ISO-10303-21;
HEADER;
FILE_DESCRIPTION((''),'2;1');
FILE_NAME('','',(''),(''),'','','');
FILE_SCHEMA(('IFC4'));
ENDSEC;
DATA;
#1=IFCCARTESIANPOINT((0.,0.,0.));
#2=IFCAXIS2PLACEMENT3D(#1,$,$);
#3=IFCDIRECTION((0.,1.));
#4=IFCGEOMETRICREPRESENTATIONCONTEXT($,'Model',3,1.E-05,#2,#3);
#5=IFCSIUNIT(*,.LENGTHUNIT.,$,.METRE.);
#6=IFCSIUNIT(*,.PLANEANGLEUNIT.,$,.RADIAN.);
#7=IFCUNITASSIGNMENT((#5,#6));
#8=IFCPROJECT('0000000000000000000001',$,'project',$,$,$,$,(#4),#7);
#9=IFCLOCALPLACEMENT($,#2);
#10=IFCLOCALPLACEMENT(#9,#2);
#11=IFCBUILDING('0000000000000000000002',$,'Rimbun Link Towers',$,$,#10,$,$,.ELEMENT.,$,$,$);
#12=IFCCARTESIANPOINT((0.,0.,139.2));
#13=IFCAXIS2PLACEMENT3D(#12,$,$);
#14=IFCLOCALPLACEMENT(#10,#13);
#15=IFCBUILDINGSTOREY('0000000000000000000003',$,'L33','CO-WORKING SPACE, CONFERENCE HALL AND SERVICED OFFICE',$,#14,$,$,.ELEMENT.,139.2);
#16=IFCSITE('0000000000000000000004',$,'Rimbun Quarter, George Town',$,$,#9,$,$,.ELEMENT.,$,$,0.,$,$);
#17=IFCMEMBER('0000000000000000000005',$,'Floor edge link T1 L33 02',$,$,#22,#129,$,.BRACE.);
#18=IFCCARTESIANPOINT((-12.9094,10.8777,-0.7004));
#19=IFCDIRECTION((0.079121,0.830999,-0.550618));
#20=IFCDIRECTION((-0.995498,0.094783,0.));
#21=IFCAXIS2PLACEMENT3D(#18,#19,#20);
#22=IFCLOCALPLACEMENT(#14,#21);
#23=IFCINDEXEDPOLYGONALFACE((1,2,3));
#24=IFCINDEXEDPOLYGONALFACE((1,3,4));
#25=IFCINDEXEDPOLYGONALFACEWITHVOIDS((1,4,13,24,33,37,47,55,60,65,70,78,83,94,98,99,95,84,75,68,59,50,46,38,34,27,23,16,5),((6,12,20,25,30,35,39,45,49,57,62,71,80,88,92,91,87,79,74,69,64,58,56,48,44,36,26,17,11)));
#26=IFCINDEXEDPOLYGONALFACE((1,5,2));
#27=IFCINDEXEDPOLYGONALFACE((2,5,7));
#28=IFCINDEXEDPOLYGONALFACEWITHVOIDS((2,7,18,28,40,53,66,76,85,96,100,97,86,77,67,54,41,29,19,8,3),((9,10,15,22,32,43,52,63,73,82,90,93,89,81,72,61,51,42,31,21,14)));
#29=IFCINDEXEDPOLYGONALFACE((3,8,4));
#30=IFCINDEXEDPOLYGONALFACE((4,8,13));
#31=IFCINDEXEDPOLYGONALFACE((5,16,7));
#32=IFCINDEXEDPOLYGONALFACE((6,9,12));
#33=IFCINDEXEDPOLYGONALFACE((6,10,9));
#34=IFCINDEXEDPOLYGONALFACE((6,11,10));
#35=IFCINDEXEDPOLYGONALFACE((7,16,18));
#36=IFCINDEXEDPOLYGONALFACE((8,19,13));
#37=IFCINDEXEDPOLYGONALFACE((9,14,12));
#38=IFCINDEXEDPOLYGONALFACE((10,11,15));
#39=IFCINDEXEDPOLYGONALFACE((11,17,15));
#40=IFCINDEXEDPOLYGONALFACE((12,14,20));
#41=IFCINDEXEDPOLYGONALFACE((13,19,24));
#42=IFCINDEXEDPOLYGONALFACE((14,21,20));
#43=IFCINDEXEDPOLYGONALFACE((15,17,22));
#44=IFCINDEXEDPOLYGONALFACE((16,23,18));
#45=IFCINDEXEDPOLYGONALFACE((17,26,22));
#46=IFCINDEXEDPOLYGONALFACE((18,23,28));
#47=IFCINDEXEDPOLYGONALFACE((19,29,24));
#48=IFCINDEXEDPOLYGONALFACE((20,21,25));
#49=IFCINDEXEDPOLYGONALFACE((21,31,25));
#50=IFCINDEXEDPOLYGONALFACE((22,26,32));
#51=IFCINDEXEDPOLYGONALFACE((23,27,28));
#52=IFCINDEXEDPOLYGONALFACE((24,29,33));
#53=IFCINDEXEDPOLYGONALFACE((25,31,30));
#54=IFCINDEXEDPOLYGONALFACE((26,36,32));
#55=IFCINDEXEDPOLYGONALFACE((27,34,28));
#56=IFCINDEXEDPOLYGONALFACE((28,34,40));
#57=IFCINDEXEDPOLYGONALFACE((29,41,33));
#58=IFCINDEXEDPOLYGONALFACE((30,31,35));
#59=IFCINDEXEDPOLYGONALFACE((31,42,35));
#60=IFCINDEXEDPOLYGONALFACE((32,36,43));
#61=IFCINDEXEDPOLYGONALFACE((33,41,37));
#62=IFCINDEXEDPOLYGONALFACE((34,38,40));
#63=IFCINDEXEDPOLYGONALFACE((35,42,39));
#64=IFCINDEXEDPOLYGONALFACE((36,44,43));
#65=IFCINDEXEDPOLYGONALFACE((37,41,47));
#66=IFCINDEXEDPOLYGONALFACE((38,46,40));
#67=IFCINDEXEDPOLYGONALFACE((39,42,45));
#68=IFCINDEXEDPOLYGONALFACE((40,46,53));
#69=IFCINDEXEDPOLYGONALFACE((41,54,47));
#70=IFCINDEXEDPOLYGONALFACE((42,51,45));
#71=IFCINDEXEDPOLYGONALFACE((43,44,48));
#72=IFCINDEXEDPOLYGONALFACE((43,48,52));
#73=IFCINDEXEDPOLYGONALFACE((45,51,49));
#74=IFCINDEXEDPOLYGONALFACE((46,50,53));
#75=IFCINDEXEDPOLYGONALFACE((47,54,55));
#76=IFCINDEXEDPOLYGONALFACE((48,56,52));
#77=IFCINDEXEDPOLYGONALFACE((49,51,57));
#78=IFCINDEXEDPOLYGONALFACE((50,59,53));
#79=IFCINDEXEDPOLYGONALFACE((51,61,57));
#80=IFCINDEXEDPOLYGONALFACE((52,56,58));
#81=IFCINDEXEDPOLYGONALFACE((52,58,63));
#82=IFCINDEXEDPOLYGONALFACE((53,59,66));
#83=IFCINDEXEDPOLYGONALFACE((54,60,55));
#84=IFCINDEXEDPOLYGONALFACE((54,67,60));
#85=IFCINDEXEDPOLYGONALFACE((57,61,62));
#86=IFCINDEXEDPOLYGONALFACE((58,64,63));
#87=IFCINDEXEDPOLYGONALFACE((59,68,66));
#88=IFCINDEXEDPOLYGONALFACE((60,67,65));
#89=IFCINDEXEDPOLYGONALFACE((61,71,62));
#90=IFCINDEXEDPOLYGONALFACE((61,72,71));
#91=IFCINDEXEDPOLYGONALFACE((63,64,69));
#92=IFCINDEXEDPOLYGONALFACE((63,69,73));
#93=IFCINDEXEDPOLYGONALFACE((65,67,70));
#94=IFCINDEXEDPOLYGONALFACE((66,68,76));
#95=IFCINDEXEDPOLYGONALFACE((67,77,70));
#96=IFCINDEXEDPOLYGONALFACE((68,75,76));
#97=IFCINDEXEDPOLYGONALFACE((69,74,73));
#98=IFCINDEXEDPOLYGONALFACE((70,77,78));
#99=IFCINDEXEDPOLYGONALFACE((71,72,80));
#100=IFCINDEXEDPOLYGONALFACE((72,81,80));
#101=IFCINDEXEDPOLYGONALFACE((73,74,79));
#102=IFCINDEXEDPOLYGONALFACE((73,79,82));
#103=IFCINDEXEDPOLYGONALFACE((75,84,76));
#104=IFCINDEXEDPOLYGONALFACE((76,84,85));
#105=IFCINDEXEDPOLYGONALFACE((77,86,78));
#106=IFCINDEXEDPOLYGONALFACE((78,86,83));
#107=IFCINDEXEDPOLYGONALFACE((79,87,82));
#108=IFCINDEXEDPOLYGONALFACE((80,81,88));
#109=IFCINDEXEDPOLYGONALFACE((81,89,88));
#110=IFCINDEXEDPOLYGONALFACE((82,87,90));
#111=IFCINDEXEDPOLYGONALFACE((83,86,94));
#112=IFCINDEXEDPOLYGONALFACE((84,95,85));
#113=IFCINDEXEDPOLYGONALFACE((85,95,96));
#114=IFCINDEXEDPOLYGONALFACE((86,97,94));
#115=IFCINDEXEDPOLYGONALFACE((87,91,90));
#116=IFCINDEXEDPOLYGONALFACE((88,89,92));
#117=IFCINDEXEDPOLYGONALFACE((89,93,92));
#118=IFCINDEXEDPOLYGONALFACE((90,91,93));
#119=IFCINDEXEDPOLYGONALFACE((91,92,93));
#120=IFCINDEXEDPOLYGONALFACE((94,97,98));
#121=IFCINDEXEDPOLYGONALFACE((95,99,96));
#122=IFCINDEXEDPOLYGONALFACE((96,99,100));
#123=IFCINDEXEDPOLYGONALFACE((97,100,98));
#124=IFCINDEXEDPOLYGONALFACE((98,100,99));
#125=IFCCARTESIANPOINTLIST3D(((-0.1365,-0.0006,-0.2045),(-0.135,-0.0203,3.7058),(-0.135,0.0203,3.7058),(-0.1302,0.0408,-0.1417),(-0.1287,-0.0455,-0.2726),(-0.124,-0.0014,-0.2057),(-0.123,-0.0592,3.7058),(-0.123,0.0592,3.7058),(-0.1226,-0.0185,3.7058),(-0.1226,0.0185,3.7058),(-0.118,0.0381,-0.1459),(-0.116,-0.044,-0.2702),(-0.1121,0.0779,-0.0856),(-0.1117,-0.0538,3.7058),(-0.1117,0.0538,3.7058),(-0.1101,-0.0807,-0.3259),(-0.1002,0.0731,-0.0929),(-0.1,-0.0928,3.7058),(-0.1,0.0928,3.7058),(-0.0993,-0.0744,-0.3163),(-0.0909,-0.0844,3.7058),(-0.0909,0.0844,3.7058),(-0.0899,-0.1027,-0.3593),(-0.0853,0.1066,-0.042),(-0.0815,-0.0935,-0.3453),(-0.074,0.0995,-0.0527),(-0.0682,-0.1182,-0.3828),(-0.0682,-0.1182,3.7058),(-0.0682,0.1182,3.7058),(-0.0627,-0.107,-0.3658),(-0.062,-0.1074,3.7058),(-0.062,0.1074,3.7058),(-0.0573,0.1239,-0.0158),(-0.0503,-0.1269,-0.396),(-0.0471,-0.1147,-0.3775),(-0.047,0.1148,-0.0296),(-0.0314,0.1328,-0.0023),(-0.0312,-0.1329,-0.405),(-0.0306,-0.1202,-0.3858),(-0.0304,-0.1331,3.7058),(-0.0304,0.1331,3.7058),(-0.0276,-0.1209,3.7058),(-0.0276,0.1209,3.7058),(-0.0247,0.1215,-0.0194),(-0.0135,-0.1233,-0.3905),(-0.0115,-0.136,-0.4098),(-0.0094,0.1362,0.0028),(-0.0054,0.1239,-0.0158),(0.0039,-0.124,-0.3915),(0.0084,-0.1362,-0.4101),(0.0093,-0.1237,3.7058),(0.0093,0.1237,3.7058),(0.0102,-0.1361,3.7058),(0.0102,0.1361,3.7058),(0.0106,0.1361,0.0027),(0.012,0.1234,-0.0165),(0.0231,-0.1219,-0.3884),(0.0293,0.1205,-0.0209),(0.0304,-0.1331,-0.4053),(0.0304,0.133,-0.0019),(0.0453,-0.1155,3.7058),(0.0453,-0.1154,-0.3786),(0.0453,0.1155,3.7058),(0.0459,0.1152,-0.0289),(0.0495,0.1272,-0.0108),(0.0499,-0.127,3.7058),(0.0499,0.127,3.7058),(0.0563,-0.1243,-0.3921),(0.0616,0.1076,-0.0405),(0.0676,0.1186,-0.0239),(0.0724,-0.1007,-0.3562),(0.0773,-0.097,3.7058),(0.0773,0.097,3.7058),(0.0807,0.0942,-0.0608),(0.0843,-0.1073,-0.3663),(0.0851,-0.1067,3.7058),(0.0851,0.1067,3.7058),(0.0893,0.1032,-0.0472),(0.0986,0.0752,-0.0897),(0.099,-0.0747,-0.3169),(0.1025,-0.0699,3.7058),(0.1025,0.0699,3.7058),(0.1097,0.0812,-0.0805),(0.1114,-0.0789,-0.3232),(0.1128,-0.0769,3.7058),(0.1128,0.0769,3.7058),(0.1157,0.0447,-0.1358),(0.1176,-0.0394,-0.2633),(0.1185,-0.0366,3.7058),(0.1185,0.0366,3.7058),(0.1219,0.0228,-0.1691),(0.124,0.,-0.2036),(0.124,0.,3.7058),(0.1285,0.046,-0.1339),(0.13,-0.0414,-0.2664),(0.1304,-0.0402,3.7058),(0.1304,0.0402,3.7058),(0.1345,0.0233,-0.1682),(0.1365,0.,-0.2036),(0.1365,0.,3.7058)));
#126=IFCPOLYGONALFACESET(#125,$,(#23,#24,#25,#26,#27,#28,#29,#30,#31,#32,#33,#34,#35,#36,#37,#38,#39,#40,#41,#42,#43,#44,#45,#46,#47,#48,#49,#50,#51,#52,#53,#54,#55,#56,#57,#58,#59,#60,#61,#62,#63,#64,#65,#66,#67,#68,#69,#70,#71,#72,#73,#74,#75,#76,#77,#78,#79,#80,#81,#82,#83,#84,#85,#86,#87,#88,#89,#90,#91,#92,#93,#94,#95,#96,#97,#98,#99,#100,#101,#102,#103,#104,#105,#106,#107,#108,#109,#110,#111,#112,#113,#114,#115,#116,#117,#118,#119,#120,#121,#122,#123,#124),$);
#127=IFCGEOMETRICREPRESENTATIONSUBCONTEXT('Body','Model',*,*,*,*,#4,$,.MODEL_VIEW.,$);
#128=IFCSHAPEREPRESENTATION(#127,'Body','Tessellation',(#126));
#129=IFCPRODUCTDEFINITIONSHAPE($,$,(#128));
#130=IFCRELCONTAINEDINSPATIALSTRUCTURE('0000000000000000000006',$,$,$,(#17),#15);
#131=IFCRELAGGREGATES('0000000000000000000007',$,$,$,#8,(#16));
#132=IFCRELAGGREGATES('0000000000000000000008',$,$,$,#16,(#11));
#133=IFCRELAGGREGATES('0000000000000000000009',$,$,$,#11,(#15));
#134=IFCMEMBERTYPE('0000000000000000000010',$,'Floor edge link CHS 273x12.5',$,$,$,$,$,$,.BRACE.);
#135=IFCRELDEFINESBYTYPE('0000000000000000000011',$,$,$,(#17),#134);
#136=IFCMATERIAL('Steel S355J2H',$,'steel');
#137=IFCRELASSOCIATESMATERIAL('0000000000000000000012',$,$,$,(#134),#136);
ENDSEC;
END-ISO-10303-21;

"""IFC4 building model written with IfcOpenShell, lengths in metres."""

from ifc_helpers import new_model, si_unit, direction, frame, origin, origin_2d, place, context, subcontext, project, spatial, hollow_circle, extrude, clip, halfspace, material, material_profile, profile_set, type_object, element, save


model = new_model("IFC4")

# Units and contexts
model_context = context("Model", 3, precision=1e-05, world=origin(), true_north=direction((0.0, 1.0)))
body_context = subcontext(model_context, "Body", "Model", "MODEL_VIEW")
ifc_project = project(units=[si_unit("LENGTHUNIT", "METRE"), si_unit("PLANEANGLEUNIT", "RADIAN")], contexts=[model_context])

# Site, building, storey
site_placement = place(None, origin())
site = spatial("IfcSite", under=ifc_project, at=site_placement, Name="Rimbun Quarter, George Town", CompositionType="ELEMENT", RefElevation=0.0)
building_placement = place(site_placement, origin())
building = spatial("IfcBuilding", under=site, at=building_placement, Name="Rimbun Link Towers", CompositionType="ELEMENT")
storey_placement = place(building_placement, frame((0.0, 0.0, 139.2)))
storey = spatial("IfcBuildingStorey", under=building, at=storey_placement, Name="L33", Description="CO-WORKING SPACE, CONFERENCE HALL AND SERVICED OFFICE", CompositionType="ELEMENT", Elevation=139.2)

# Member
ifc_material_1 = material(Name="Steel S355J2H", Category="steel")
ifc_material_profile_1 = material_profile(ifc_material_1, hollow_circle(Radius=0.1365, WallThickness=0.0125, at=origin_2d()), Name="CHS 273x12.5")
ifc_profile_set_1 = profile_set([ifc_material_profile_1], Name="Steel S355J2H")
member_type_1 = type_object("IfcMemberType", Name="Floor edge link CHS 273x12.5", PredefinedType="BRACE", material=ifc_profile_set_1)
member_1_placement = place(storey_placement, frame((-12.9094, 10.8777, -0.7004), z_axis=(0.079121, 0.830999, -0.550618), x_axis=(-0.995498, 0.094783, 0.0)))
element("IfcMember", 1, at=member_1_placement, inside=storey, type_object=member_type_1, Name="Floor edge link T1 L33 02", PredefinedType="BRACE", context=body_context, shape_type="Clipping", body=[
    clip(extrude(hollow_circle(Radius=0.1365, WallThickness=0.0125, at=origin_2d()), frame((0.0, 0.0, -0.4321)), (0.0, 0.0, 1.0), 4.1379), halfspace(frame((0.0, 0.0, -0.2036), z_axis=(0.0, 0.834757, -0.550618)), False)),
])

save(model, "model.ifc")
